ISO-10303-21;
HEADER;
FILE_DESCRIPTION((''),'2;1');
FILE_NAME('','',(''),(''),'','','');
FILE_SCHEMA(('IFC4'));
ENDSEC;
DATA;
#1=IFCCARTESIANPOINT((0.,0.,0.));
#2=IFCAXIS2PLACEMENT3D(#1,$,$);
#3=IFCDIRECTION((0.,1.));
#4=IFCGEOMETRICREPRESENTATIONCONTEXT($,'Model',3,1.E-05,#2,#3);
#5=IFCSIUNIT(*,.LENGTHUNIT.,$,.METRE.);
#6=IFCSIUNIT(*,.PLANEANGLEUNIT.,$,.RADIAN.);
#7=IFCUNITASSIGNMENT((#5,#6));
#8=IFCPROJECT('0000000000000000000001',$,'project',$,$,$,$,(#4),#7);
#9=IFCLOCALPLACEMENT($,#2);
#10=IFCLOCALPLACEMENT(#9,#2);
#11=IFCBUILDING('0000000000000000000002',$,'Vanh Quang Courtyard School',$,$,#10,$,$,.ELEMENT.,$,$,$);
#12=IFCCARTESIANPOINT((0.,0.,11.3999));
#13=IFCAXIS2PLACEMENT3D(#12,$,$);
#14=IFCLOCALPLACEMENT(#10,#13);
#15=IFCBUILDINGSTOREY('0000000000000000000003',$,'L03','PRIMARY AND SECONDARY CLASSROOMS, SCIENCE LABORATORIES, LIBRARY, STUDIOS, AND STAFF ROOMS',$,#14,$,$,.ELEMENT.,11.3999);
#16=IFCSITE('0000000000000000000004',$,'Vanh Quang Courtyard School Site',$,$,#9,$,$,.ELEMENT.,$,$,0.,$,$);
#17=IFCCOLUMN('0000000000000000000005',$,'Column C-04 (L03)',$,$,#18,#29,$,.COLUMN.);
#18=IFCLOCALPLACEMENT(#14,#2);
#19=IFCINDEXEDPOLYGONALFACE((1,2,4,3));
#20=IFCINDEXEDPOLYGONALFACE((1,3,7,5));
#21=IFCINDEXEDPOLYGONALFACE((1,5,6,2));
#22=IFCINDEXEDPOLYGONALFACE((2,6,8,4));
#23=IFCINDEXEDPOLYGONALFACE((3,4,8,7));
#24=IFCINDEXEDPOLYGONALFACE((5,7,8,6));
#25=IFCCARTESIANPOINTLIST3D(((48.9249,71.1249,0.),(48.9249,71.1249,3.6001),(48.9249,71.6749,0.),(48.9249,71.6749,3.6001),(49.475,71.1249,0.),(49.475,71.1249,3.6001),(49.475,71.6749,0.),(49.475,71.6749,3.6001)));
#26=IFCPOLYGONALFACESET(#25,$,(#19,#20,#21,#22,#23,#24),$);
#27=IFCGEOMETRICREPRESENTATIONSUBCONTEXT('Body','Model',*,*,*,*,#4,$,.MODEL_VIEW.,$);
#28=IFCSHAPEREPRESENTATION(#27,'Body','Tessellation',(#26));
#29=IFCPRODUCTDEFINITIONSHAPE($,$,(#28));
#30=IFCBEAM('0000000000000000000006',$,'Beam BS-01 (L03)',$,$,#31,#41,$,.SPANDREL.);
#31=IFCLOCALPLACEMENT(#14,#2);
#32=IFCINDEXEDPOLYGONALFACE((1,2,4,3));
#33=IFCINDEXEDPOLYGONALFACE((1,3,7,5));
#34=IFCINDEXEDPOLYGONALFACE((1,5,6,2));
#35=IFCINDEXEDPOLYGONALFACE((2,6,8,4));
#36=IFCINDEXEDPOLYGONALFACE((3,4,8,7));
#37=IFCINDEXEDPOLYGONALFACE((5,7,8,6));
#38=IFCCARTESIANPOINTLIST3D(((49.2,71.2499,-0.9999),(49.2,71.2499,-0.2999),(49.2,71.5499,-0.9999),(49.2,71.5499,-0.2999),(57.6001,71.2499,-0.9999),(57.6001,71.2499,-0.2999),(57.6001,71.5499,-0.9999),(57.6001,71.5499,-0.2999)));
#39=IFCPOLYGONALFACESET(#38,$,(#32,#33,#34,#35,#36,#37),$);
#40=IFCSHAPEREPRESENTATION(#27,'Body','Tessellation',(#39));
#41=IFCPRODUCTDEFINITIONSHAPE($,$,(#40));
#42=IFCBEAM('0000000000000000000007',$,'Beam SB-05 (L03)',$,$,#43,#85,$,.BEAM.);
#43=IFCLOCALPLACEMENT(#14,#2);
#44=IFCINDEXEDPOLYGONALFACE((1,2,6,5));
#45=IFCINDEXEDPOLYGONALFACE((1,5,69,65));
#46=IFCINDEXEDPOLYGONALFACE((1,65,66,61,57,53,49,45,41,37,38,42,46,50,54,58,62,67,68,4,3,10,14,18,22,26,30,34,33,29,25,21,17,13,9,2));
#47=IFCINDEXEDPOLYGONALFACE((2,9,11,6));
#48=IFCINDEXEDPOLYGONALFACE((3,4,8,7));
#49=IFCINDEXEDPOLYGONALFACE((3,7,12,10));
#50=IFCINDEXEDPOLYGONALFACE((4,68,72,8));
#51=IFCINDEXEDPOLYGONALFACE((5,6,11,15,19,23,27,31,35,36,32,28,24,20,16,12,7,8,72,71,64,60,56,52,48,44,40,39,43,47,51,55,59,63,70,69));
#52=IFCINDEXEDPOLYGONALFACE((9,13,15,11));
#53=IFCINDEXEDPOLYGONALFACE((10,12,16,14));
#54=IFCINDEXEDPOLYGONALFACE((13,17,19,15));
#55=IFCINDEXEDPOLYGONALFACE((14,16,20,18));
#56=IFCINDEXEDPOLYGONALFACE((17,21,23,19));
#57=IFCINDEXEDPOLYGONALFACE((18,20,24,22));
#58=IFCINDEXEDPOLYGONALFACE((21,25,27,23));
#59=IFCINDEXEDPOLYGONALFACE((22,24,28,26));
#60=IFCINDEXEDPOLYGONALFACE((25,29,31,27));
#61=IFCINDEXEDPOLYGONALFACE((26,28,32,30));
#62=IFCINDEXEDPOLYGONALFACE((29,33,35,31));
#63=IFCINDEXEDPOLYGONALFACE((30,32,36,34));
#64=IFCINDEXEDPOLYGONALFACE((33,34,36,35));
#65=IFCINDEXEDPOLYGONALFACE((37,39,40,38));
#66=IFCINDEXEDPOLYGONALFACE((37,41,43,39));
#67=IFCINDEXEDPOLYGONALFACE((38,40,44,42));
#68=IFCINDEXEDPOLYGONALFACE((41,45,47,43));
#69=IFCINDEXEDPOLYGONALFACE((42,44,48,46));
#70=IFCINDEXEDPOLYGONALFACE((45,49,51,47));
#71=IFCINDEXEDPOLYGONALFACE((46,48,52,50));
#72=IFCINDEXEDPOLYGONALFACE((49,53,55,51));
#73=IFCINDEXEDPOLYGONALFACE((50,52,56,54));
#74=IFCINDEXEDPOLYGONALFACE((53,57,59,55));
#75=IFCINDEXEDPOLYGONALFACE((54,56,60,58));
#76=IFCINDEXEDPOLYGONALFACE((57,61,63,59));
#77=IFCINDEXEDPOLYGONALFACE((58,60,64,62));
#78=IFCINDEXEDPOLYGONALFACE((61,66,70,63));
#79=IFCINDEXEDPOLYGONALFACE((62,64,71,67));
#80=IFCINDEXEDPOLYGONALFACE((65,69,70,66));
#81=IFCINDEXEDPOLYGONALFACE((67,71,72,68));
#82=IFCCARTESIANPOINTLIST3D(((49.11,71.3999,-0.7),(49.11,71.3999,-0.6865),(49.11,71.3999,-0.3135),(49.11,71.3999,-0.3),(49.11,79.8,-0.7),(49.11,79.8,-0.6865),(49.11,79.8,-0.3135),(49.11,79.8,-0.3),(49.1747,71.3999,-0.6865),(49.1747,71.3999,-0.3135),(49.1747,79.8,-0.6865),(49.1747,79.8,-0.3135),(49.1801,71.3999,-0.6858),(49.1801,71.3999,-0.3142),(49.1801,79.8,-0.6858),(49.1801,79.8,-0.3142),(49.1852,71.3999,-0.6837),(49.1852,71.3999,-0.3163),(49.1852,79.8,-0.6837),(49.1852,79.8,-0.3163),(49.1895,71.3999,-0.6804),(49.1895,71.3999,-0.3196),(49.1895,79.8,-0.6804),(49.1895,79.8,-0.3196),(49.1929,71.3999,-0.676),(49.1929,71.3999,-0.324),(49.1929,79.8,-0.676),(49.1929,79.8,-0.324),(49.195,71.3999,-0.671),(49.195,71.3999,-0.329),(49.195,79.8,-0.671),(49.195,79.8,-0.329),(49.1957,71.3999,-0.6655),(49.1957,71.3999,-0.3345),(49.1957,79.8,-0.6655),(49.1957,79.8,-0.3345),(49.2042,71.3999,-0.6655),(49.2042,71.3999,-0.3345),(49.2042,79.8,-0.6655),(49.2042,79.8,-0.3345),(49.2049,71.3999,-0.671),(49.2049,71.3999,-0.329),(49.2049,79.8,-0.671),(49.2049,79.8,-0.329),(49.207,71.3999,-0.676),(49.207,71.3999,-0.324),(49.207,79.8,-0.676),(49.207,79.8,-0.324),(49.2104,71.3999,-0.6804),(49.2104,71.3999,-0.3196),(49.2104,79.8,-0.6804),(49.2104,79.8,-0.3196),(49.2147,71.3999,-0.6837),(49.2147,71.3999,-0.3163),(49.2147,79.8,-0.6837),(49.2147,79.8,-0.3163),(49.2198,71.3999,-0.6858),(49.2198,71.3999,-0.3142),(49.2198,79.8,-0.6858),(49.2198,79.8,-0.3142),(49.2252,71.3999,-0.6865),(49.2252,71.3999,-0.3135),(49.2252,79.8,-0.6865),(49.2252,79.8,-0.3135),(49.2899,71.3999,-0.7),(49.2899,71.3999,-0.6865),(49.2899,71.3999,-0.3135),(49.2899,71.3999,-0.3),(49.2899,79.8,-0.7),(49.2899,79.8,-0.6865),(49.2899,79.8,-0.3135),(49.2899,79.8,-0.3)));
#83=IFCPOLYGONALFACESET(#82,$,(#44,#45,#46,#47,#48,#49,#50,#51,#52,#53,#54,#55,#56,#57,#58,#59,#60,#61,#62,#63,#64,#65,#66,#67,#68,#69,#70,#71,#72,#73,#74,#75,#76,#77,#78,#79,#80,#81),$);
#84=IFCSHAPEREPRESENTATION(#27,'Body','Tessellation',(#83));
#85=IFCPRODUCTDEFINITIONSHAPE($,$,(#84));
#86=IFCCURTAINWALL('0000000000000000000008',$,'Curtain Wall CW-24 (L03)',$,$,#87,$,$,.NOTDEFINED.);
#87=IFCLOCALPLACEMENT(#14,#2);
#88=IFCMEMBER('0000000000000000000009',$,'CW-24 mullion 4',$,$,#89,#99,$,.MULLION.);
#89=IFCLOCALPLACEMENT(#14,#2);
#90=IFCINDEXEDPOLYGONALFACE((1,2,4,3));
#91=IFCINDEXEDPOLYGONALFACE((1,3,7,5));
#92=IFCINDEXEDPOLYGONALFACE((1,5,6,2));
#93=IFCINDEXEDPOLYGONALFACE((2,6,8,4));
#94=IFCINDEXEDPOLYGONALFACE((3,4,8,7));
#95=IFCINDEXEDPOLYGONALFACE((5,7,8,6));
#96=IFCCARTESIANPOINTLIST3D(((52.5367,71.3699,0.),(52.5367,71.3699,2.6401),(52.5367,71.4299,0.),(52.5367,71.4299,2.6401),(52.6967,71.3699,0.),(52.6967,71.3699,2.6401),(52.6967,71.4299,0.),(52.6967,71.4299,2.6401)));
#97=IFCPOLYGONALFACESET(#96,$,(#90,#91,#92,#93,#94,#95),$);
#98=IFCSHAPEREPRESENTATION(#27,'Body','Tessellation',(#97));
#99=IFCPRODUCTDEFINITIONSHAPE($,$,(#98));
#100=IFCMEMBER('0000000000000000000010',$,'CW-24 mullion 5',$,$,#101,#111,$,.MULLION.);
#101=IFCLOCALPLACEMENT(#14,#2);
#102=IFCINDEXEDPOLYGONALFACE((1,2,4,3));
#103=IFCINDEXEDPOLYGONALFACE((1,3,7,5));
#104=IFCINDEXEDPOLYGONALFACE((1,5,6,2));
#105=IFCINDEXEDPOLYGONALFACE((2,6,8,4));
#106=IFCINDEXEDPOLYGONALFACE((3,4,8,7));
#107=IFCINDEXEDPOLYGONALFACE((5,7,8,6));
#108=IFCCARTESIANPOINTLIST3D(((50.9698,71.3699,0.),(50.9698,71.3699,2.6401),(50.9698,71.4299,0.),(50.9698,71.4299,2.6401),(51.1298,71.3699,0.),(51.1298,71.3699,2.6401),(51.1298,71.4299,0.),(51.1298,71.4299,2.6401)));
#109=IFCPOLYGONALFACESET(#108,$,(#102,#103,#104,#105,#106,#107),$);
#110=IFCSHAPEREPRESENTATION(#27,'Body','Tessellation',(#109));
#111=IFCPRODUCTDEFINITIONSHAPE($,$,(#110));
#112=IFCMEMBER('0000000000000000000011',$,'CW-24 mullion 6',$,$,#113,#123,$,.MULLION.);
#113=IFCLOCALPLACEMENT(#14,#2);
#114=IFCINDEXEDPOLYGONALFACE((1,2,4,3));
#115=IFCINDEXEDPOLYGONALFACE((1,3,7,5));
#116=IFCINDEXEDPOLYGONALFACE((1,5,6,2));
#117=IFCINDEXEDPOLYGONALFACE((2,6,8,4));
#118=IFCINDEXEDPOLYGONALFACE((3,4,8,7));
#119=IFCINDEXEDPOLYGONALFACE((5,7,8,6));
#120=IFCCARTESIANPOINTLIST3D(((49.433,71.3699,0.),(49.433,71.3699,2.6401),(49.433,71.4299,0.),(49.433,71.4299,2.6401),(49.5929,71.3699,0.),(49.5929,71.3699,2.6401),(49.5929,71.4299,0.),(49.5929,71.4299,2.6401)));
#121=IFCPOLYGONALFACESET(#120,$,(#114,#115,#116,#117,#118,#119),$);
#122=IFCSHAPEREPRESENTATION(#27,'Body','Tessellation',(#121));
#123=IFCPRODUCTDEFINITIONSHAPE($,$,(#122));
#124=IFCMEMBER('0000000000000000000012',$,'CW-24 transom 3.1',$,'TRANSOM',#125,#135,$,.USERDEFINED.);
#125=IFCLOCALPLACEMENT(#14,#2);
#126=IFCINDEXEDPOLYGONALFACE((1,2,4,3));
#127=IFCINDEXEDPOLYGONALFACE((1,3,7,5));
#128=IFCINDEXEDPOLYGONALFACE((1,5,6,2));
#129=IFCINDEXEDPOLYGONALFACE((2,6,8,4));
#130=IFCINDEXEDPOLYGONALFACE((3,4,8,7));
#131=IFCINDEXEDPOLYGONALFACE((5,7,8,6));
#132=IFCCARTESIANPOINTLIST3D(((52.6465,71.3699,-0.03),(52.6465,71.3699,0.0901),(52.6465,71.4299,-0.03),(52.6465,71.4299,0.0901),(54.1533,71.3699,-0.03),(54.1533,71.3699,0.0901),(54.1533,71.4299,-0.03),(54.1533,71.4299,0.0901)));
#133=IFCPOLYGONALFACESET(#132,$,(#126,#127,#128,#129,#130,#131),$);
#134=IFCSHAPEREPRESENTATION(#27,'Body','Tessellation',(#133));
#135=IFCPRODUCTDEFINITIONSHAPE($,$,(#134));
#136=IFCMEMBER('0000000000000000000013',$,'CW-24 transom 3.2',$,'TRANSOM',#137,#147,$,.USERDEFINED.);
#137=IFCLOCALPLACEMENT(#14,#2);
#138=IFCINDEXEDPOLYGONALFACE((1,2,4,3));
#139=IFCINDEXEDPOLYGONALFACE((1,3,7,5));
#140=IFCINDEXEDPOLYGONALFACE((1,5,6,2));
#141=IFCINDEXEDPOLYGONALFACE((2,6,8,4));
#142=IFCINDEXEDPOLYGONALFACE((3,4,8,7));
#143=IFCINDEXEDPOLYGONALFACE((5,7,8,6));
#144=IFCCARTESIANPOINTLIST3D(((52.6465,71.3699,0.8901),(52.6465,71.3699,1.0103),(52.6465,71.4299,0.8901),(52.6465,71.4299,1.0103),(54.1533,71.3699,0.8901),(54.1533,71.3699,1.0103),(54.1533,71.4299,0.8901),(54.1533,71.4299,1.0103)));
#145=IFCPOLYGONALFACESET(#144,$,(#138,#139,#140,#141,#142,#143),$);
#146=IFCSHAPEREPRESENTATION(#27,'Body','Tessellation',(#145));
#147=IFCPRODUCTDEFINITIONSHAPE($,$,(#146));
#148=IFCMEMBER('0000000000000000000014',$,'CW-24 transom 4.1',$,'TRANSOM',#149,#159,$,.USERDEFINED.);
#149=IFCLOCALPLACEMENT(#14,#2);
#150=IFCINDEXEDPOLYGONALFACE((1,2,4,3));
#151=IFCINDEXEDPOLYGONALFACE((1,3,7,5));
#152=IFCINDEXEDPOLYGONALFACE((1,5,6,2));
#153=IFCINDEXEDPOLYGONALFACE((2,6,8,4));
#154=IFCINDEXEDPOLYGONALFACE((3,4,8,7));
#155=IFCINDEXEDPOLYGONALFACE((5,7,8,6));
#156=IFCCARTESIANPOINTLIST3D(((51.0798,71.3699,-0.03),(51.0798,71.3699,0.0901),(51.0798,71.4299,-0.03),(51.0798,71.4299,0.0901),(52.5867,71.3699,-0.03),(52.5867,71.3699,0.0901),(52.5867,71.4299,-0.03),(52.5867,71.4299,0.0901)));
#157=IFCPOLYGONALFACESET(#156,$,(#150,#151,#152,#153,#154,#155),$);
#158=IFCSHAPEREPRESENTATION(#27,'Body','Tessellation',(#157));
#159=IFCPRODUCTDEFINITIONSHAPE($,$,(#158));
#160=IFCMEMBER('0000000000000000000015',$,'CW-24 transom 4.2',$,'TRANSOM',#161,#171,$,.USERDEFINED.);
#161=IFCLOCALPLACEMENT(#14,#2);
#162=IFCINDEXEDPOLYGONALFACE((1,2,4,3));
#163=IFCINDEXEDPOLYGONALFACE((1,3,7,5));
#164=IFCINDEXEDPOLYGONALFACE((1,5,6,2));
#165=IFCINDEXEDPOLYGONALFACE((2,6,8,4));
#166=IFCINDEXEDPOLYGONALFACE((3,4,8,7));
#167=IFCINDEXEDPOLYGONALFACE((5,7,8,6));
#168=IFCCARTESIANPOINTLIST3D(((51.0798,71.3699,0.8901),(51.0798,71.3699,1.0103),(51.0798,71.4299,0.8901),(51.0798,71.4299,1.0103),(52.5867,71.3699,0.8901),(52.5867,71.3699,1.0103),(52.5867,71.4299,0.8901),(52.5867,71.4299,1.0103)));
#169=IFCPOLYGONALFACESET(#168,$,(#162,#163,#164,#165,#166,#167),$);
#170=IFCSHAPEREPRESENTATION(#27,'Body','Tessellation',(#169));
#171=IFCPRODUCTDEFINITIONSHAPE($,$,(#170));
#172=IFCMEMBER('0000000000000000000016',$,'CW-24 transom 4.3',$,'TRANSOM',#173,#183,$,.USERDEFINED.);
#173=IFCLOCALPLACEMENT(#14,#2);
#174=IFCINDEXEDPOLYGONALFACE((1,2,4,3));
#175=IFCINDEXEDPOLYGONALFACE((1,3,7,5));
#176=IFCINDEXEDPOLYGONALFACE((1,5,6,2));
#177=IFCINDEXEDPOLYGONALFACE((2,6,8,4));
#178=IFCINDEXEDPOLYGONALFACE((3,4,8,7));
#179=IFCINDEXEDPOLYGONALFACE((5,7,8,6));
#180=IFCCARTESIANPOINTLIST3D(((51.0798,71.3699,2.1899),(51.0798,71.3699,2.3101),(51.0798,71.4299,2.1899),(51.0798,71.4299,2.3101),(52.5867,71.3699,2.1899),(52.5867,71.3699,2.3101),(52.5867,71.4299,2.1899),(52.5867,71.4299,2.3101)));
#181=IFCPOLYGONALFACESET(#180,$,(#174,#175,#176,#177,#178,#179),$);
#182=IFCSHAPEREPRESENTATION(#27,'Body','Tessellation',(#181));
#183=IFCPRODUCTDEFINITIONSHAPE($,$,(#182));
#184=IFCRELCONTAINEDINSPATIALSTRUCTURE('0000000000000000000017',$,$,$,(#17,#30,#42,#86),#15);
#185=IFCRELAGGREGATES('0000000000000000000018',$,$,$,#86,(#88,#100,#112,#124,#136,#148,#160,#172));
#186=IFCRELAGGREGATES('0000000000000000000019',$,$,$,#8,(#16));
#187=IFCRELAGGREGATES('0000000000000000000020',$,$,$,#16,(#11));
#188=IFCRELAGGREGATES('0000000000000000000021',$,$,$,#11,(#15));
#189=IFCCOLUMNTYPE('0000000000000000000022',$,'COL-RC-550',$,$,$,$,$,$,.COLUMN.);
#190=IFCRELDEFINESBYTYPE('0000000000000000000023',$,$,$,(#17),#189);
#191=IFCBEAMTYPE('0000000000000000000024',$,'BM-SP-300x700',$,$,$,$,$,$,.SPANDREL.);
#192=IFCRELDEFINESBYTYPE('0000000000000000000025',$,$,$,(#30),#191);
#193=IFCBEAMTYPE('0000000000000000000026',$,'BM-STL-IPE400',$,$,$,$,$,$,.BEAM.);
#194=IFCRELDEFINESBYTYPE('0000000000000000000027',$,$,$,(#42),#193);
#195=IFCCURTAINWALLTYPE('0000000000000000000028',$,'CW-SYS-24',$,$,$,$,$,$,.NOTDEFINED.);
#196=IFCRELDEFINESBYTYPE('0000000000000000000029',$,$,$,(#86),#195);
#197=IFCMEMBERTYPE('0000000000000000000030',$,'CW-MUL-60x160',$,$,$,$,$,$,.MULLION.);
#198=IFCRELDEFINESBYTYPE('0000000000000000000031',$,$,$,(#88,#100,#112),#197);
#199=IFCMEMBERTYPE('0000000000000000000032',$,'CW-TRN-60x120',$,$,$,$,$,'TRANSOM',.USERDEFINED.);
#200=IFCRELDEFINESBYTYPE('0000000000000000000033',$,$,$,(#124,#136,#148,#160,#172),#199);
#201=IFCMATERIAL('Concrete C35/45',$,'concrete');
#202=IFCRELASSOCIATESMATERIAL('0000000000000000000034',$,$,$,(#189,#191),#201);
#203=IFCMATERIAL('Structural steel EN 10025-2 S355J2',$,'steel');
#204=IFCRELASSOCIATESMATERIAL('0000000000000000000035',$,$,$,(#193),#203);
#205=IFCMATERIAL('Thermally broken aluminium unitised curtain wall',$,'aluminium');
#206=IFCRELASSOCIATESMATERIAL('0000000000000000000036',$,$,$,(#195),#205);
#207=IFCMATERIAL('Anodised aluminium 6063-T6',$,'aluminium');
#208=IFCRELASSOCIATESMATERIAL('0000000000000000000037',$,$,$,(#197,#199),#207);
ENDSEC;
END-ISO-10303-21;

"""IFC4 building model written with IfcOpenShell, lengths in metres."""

from ifc_helpers import new_model, si_unit, direction, frame, origin, origin_2d, place, context, subcontext, project, spatial, rectangle, i_section, extrude, material, material_profile, profile_set, type_object, element, aggregate, save


model = new_model("IFC4")

# Units and contexts
model_context = context("Model", 3, precision=1e-05, world=origin(), true_north=direction((0.0, 1.0)))
body_context = subcontext(model_context, "Body", "Model", "MODEL_VIEW")
ifc_project = project(units=[si_unit("LENGTHUNIT", "METRE"), si_unit("PLANEANGLEUNIT", "RADIAN")], contexts=[model_context])

# Site, building, storey
site_placement = place(None, origin())
site = spatial("IfcSite", under=ifc_project, at=site_placement, Name="Vanh Quang Courtyard School Site", CompositionType="ELEMENT", RefElevation=0.0)
building_placement = place(site_placement, origin())
building = spatial("IfcBuilding", under=site, at=building_placement, Name="Vanh Quang Courtyard School", CompositionType="ELEMENT")
storey_placement = place(building_placement, frame((0.0, 0.0, 11.3999)))
storey = spatial("IfcBuildingStorey", under=building, at=storey_placement, Name="L03", Description="PRIMARY AND SECONDARY CLASSROOMS, SCIENCE LABORATORIES, LIBRARY, STUDIOS, AND STAFF ROOMS", CompositionType="ELEMENT", Elevation=11.3999)

# Column
ifc_material_1 = material(Name="Concrete C35/45", Category="concrete")
ifc_material_profile_1 = material_profile(ifc_material_1, rectangle(XDim=0.55, YDim=0.55, at=origin_2d()), Name="RC-COL 550x550")
ifc_profile_set_1 = profile_set([ifc_material_profile_1], Name="Concrete C35/45")
column_type = type_object("IfcColumnType", Name="COL-RC-550", PredefinedType="COLUMN", material=ifc_profile_set_1)
column_placement = place(storey_placement, frame((49.2, 71.3999, 0.0), z_axis=(0.0, 0.0, 1.0), x_axis=(1.0, 0.0, 0.0)))
element("IfcColumn", 1, at=column_placement, inside=storey, type_object=column_type, Name="Column C-04 (L03)", PredefinedType="COLUMN", context=body_context, shape_type="SweptSolid", body=[
    extrude(rectangle(XDim=0.55, YDim=0.55, at=origin_2d()), origin(), (0.0, 0.0, 1.0), 3.6001),
])

# Beams
ifc_material_profile_2 = material_profile(ifc_material_1, rectangle(XDim=0.3, YDim=0.7, at=origin_2d()), Name="RC-SP 300x700")
ifc_profile_set_2 = profile_set([ifc_material_profile_2], Name="Concrete C35/45")
beam_type_1 = type_object("IfcBeamType", Name="BM-SP-300x700", PredefinedType="SPANDREL", material=ifc_profile_set_2)
beam_1_placement = place(storey_placement, frame((49.2, 71.3999, -0.6499), z_axis=(1.0, 0.0, 0.0), x_axis=(0.0, 1.0, 0.0)))
element("IfcBeam", 2, at=beam_1_placement, inside=storey, type_object=beam_type_1, Name="Beam BS-01 (L03)", PredefinedType="SPANDREL", context=body_context, shape_type="SweptSolid", body=[
    extrude(rectangle(XDim=0.3, YDim=0.7, at=origin_2d()), origin(), (0.0, 0.0, 1.0), 8.4001),
])
ifc_material_2 = material(Name="Structural steel EN 10025-2 S355J2", Category="steel")
ifc_material_profile_3 = material_profile(ifc_material_2, i_section(OverallWidth=0.1799, OverallDepth=0.3999, WebThickness=0.0085, FlangeThickness=0.0134, FilletRadius=0.021, at=origin_2d()), Name="IPE 400")
ifc_profile_set_3 = profile_set([ifc_material_profile_3], Name="Structural steel EN 10025-2 S355J2")
beam_type_2 = type_object("IfcBeamType", Name="BM-STL-IPE400", PredefinedType="BEAM", material=ifc_profile_set_3)
beam_2_placement = place(storey_placement, frame((49.2, 71.3999, -0.5), z_axis=(0.0, 1.0, 0.0), x_axis=(-1.0, 0.0, 0.0)))
element("IfcBeam", 3, at=beam_2_placement, inside=storey, type_object=beam_type_2, Name="Beam SB-05 (L03)", PredefinedType="BEAM", context=body_context, shape_type="SweptSolid", body=[
    extrude(i_section(OverallWidth=0.1799, OverallDepth=0.3999, WebThickness=0.0085, FlangeThickness=0.0134, FilletRadius=0.021, at=origin_2d()), origin(), (0.0, 0.0, 1.0), 8.4001),
])

# Curtain wall, members
ifc_material_3 = material(Name="Thermally broken aluminium unitised curtain wall", Category="aluminium")
curtain_wall_type = type_object("IfcCurtainWallType", Name="CW-SYS-24", PredefinedType="NOTDEFINED", material=ifc_material_3)
curtain_wall_placement = place(storey_placement, origin())
curtain_wall = element("IfcCurtainWall", 4, at=curtain_wall_placement, inside=storey, type_object=curtain_wall_type, Name="Curtain Wall CW-24 (L03)", PredefinedType="NOTDEFINED")
ifc_material_4 = material(Name="Anodised aluminium 6063-T6", Category="aluminium")
ifc_material_profile_4 = material_profile(ifc_material_4, rectangle(XDim=0.0601, YDim=0.1599, at=origin_2d()), Name="ALU-MUL 60x160")
ifc_profile_set_4 = profile_set([ifc_material_profile_4], Name="Anodised aluminium 6063-T6")
member_type_1 = type_object("IfcMemberType", Name="CW-MUL-60x160", PredefinedType="MULLION", material=ifc_profile_set_4)
member_1_placement = place(storey_placement, frame((52.6167, 71.3999, 0.0), z_axis=(0.0, 0.0, 1.0), x_axis=(0.0, -1.0, 0.0)))
member_1 = element("IfcMember", 5, at=member_1_placement, type_object=member_type_1, Name="CW-24 mullion 4", PredefinedType="MULLION", context=body_context, shape_type="SweptSolid", body=[
    extrude(rectangle(XDim=0.0601, YDim=0.1599, at=origin_2d()), origin(), (0.0, 0.0, 1.0), 2.6401),
])
member_2_placement = place(storey_placement, frame((51.0498, 71.3999, 0.0), z_axis=(0.0, 0.0, 1.0), x_axis=(0.0, -1.0, 0.0)))
member_2 = element("IfcMember", 6, at=member_2_placement, type_object=member_type_1, Name="CW-24 mullion 5", PredefinedType="MULLION", context=body_context, shape_type="SweptSolid", body=[
    extrude(rectangle(XDim=0.0601, YDim=0.1599, at=origin_2d()), origin(), (0.0, 0.0, 1.0), 2.6401),
])
member_3_placement = place(storey_placement, frame((49.5129, 71.3999, 0.0), z_axis=(0.0, 0.0, 1.0), x_axis=(0.0, -1.0, 0.0)))
member_3 = element("IfcMember", 7, at=member_3_placement, type_object=member_type_1, Name="CW-24 mullion 6", PredefinedType="MULLION", context=body_context, shape_type="SweptSolid", body=[
    extrude(rectangle(XDim=0.0601, YDim=0.1599, at=origin_2d()), origin(), (0.0, 0.0, 1.0), 2.6401),
])
ifc_material_profile_5 = material_profile(ifc_material_4, rectangle(XDim=0.0601, YDim=0.1201, at=origin_2d()), Name="ALU-TRN 60x120")
ifc_profile_set_5 = profile_set([ifc_material_profile_5], Name="Anodised aluminium 6063-T6")
member_type_2 = type_object("IfcMemberType", Name="CW-TRN-60x120", ElementType="TRANSOM", PredefinedType="USERDEFINED", material=ifc_profile_set_5)
member_4_placement = place(storey_placement, frame((54.1533, 71.3999, 0.03), z_axis=(-1.0, 0.0, 0.0), x_axis=(0.0, -1.0, 0.0)))
member_4 = element("IfcMember", 8, at=member_4_placement, type_object=member_type_2, Name="CW-24 transom 3.1", ObjectType="TRANSOM", PredefinedType="USERDEFINED", context=body_context, shape_type="SweptSolid", body=[
    extrude(rectangle(XDim=0.0601, YDim=0.1201, at=origin_2d()), origin(), (0.0, 0.0, 1.0), 1.5068),
])
member_5_placement = place(storey_placement, frame((54.1533, 71.3999, 0.9502), z_axis=(-1.0, 0.0, 0.0), x_axis=(0.0, -1.0, 0.0)))
member_5 = element("IfcMember", 9, at=member_5_placement, type_object=member_type_2, Name="CW-24 transom 3.2", ObjectType="TRANSOM", PredefinedType="USERDEFINED", context=body_context, shape_type="SweptSolid", body=[
    extrude(rectangle(XDim=0.0601, YDim=0.1201, at=origin_2d()), origin(), (0.0, 0.0, 1.0), 1.5068),
])
member_6_placement = place(storey_placement, frame((52.5867, 71.3999, 0.03), z_axis=(-1.0, 0.0, 0.0), x_axis=(0.0, -1.0, 0.0)))
member_6 = element("IfcMember", 10, at=member_6_placement, type_object=member_type_2, Name="CW-24 transom 4.1", ObjectType="TRANSOM", PredefinedType="USERDEFINED", context=body_context, shape_type="SweptSolid", body=[
    extrude(rectangle(XDim=0.0601, YDim=0.1201, at=origin_2d()), origin(), (0.0, 0.0, 1.0), 1.5068),
])
member_7_placement = place(storey_placement, frame((52.5867, 71.3999, 0.9502), z_axis=(-1.0, 0.0, 0.0), x_axis=(0.0, -1.0, 0.0)))
member_7 = element("IfcMember", 11, at=member_7_placement, type_object=member_type_2, Name="CW-24 transom 4.2", ObjectType="TRANSOM", PredefinedType="USERDEFINED", context=body_context, shape_type="SweptSolid", body=[
    extrude(rectangle(XDim=0.0601, YDim=0.1201, at=origin_2d()), origin(), (0.0, 0.0, 1.0), 1.5068),
])
member_8_placement = place(storey_placement, frame((52.5867, 71.3999, 2.25), z_axis=(-1.0, 0.0, 0.0), x_axis=(0.0, -1.0, 0.0)))
member_8 = element("IfcMember", 12, at=member_8_placement, type_object=member_type_2, Name="CW-24 transom 4.3", ObjectType="TRANSOM", PredefinedType="USERDEFINED", context=body_context, shape_type="SweptSolid", body=[
    extrude(rectangle(XDim=0.0601, YDim=0.1201, at=origin_2d()), origin(), (0.0, 0.0, 1.0), 1.5068),
])

aggregate(curtain_wall, [member_1, member_2, member_3, member_4, member_5, member_6, member_7, member_8])

save(model, "model.ifc")
